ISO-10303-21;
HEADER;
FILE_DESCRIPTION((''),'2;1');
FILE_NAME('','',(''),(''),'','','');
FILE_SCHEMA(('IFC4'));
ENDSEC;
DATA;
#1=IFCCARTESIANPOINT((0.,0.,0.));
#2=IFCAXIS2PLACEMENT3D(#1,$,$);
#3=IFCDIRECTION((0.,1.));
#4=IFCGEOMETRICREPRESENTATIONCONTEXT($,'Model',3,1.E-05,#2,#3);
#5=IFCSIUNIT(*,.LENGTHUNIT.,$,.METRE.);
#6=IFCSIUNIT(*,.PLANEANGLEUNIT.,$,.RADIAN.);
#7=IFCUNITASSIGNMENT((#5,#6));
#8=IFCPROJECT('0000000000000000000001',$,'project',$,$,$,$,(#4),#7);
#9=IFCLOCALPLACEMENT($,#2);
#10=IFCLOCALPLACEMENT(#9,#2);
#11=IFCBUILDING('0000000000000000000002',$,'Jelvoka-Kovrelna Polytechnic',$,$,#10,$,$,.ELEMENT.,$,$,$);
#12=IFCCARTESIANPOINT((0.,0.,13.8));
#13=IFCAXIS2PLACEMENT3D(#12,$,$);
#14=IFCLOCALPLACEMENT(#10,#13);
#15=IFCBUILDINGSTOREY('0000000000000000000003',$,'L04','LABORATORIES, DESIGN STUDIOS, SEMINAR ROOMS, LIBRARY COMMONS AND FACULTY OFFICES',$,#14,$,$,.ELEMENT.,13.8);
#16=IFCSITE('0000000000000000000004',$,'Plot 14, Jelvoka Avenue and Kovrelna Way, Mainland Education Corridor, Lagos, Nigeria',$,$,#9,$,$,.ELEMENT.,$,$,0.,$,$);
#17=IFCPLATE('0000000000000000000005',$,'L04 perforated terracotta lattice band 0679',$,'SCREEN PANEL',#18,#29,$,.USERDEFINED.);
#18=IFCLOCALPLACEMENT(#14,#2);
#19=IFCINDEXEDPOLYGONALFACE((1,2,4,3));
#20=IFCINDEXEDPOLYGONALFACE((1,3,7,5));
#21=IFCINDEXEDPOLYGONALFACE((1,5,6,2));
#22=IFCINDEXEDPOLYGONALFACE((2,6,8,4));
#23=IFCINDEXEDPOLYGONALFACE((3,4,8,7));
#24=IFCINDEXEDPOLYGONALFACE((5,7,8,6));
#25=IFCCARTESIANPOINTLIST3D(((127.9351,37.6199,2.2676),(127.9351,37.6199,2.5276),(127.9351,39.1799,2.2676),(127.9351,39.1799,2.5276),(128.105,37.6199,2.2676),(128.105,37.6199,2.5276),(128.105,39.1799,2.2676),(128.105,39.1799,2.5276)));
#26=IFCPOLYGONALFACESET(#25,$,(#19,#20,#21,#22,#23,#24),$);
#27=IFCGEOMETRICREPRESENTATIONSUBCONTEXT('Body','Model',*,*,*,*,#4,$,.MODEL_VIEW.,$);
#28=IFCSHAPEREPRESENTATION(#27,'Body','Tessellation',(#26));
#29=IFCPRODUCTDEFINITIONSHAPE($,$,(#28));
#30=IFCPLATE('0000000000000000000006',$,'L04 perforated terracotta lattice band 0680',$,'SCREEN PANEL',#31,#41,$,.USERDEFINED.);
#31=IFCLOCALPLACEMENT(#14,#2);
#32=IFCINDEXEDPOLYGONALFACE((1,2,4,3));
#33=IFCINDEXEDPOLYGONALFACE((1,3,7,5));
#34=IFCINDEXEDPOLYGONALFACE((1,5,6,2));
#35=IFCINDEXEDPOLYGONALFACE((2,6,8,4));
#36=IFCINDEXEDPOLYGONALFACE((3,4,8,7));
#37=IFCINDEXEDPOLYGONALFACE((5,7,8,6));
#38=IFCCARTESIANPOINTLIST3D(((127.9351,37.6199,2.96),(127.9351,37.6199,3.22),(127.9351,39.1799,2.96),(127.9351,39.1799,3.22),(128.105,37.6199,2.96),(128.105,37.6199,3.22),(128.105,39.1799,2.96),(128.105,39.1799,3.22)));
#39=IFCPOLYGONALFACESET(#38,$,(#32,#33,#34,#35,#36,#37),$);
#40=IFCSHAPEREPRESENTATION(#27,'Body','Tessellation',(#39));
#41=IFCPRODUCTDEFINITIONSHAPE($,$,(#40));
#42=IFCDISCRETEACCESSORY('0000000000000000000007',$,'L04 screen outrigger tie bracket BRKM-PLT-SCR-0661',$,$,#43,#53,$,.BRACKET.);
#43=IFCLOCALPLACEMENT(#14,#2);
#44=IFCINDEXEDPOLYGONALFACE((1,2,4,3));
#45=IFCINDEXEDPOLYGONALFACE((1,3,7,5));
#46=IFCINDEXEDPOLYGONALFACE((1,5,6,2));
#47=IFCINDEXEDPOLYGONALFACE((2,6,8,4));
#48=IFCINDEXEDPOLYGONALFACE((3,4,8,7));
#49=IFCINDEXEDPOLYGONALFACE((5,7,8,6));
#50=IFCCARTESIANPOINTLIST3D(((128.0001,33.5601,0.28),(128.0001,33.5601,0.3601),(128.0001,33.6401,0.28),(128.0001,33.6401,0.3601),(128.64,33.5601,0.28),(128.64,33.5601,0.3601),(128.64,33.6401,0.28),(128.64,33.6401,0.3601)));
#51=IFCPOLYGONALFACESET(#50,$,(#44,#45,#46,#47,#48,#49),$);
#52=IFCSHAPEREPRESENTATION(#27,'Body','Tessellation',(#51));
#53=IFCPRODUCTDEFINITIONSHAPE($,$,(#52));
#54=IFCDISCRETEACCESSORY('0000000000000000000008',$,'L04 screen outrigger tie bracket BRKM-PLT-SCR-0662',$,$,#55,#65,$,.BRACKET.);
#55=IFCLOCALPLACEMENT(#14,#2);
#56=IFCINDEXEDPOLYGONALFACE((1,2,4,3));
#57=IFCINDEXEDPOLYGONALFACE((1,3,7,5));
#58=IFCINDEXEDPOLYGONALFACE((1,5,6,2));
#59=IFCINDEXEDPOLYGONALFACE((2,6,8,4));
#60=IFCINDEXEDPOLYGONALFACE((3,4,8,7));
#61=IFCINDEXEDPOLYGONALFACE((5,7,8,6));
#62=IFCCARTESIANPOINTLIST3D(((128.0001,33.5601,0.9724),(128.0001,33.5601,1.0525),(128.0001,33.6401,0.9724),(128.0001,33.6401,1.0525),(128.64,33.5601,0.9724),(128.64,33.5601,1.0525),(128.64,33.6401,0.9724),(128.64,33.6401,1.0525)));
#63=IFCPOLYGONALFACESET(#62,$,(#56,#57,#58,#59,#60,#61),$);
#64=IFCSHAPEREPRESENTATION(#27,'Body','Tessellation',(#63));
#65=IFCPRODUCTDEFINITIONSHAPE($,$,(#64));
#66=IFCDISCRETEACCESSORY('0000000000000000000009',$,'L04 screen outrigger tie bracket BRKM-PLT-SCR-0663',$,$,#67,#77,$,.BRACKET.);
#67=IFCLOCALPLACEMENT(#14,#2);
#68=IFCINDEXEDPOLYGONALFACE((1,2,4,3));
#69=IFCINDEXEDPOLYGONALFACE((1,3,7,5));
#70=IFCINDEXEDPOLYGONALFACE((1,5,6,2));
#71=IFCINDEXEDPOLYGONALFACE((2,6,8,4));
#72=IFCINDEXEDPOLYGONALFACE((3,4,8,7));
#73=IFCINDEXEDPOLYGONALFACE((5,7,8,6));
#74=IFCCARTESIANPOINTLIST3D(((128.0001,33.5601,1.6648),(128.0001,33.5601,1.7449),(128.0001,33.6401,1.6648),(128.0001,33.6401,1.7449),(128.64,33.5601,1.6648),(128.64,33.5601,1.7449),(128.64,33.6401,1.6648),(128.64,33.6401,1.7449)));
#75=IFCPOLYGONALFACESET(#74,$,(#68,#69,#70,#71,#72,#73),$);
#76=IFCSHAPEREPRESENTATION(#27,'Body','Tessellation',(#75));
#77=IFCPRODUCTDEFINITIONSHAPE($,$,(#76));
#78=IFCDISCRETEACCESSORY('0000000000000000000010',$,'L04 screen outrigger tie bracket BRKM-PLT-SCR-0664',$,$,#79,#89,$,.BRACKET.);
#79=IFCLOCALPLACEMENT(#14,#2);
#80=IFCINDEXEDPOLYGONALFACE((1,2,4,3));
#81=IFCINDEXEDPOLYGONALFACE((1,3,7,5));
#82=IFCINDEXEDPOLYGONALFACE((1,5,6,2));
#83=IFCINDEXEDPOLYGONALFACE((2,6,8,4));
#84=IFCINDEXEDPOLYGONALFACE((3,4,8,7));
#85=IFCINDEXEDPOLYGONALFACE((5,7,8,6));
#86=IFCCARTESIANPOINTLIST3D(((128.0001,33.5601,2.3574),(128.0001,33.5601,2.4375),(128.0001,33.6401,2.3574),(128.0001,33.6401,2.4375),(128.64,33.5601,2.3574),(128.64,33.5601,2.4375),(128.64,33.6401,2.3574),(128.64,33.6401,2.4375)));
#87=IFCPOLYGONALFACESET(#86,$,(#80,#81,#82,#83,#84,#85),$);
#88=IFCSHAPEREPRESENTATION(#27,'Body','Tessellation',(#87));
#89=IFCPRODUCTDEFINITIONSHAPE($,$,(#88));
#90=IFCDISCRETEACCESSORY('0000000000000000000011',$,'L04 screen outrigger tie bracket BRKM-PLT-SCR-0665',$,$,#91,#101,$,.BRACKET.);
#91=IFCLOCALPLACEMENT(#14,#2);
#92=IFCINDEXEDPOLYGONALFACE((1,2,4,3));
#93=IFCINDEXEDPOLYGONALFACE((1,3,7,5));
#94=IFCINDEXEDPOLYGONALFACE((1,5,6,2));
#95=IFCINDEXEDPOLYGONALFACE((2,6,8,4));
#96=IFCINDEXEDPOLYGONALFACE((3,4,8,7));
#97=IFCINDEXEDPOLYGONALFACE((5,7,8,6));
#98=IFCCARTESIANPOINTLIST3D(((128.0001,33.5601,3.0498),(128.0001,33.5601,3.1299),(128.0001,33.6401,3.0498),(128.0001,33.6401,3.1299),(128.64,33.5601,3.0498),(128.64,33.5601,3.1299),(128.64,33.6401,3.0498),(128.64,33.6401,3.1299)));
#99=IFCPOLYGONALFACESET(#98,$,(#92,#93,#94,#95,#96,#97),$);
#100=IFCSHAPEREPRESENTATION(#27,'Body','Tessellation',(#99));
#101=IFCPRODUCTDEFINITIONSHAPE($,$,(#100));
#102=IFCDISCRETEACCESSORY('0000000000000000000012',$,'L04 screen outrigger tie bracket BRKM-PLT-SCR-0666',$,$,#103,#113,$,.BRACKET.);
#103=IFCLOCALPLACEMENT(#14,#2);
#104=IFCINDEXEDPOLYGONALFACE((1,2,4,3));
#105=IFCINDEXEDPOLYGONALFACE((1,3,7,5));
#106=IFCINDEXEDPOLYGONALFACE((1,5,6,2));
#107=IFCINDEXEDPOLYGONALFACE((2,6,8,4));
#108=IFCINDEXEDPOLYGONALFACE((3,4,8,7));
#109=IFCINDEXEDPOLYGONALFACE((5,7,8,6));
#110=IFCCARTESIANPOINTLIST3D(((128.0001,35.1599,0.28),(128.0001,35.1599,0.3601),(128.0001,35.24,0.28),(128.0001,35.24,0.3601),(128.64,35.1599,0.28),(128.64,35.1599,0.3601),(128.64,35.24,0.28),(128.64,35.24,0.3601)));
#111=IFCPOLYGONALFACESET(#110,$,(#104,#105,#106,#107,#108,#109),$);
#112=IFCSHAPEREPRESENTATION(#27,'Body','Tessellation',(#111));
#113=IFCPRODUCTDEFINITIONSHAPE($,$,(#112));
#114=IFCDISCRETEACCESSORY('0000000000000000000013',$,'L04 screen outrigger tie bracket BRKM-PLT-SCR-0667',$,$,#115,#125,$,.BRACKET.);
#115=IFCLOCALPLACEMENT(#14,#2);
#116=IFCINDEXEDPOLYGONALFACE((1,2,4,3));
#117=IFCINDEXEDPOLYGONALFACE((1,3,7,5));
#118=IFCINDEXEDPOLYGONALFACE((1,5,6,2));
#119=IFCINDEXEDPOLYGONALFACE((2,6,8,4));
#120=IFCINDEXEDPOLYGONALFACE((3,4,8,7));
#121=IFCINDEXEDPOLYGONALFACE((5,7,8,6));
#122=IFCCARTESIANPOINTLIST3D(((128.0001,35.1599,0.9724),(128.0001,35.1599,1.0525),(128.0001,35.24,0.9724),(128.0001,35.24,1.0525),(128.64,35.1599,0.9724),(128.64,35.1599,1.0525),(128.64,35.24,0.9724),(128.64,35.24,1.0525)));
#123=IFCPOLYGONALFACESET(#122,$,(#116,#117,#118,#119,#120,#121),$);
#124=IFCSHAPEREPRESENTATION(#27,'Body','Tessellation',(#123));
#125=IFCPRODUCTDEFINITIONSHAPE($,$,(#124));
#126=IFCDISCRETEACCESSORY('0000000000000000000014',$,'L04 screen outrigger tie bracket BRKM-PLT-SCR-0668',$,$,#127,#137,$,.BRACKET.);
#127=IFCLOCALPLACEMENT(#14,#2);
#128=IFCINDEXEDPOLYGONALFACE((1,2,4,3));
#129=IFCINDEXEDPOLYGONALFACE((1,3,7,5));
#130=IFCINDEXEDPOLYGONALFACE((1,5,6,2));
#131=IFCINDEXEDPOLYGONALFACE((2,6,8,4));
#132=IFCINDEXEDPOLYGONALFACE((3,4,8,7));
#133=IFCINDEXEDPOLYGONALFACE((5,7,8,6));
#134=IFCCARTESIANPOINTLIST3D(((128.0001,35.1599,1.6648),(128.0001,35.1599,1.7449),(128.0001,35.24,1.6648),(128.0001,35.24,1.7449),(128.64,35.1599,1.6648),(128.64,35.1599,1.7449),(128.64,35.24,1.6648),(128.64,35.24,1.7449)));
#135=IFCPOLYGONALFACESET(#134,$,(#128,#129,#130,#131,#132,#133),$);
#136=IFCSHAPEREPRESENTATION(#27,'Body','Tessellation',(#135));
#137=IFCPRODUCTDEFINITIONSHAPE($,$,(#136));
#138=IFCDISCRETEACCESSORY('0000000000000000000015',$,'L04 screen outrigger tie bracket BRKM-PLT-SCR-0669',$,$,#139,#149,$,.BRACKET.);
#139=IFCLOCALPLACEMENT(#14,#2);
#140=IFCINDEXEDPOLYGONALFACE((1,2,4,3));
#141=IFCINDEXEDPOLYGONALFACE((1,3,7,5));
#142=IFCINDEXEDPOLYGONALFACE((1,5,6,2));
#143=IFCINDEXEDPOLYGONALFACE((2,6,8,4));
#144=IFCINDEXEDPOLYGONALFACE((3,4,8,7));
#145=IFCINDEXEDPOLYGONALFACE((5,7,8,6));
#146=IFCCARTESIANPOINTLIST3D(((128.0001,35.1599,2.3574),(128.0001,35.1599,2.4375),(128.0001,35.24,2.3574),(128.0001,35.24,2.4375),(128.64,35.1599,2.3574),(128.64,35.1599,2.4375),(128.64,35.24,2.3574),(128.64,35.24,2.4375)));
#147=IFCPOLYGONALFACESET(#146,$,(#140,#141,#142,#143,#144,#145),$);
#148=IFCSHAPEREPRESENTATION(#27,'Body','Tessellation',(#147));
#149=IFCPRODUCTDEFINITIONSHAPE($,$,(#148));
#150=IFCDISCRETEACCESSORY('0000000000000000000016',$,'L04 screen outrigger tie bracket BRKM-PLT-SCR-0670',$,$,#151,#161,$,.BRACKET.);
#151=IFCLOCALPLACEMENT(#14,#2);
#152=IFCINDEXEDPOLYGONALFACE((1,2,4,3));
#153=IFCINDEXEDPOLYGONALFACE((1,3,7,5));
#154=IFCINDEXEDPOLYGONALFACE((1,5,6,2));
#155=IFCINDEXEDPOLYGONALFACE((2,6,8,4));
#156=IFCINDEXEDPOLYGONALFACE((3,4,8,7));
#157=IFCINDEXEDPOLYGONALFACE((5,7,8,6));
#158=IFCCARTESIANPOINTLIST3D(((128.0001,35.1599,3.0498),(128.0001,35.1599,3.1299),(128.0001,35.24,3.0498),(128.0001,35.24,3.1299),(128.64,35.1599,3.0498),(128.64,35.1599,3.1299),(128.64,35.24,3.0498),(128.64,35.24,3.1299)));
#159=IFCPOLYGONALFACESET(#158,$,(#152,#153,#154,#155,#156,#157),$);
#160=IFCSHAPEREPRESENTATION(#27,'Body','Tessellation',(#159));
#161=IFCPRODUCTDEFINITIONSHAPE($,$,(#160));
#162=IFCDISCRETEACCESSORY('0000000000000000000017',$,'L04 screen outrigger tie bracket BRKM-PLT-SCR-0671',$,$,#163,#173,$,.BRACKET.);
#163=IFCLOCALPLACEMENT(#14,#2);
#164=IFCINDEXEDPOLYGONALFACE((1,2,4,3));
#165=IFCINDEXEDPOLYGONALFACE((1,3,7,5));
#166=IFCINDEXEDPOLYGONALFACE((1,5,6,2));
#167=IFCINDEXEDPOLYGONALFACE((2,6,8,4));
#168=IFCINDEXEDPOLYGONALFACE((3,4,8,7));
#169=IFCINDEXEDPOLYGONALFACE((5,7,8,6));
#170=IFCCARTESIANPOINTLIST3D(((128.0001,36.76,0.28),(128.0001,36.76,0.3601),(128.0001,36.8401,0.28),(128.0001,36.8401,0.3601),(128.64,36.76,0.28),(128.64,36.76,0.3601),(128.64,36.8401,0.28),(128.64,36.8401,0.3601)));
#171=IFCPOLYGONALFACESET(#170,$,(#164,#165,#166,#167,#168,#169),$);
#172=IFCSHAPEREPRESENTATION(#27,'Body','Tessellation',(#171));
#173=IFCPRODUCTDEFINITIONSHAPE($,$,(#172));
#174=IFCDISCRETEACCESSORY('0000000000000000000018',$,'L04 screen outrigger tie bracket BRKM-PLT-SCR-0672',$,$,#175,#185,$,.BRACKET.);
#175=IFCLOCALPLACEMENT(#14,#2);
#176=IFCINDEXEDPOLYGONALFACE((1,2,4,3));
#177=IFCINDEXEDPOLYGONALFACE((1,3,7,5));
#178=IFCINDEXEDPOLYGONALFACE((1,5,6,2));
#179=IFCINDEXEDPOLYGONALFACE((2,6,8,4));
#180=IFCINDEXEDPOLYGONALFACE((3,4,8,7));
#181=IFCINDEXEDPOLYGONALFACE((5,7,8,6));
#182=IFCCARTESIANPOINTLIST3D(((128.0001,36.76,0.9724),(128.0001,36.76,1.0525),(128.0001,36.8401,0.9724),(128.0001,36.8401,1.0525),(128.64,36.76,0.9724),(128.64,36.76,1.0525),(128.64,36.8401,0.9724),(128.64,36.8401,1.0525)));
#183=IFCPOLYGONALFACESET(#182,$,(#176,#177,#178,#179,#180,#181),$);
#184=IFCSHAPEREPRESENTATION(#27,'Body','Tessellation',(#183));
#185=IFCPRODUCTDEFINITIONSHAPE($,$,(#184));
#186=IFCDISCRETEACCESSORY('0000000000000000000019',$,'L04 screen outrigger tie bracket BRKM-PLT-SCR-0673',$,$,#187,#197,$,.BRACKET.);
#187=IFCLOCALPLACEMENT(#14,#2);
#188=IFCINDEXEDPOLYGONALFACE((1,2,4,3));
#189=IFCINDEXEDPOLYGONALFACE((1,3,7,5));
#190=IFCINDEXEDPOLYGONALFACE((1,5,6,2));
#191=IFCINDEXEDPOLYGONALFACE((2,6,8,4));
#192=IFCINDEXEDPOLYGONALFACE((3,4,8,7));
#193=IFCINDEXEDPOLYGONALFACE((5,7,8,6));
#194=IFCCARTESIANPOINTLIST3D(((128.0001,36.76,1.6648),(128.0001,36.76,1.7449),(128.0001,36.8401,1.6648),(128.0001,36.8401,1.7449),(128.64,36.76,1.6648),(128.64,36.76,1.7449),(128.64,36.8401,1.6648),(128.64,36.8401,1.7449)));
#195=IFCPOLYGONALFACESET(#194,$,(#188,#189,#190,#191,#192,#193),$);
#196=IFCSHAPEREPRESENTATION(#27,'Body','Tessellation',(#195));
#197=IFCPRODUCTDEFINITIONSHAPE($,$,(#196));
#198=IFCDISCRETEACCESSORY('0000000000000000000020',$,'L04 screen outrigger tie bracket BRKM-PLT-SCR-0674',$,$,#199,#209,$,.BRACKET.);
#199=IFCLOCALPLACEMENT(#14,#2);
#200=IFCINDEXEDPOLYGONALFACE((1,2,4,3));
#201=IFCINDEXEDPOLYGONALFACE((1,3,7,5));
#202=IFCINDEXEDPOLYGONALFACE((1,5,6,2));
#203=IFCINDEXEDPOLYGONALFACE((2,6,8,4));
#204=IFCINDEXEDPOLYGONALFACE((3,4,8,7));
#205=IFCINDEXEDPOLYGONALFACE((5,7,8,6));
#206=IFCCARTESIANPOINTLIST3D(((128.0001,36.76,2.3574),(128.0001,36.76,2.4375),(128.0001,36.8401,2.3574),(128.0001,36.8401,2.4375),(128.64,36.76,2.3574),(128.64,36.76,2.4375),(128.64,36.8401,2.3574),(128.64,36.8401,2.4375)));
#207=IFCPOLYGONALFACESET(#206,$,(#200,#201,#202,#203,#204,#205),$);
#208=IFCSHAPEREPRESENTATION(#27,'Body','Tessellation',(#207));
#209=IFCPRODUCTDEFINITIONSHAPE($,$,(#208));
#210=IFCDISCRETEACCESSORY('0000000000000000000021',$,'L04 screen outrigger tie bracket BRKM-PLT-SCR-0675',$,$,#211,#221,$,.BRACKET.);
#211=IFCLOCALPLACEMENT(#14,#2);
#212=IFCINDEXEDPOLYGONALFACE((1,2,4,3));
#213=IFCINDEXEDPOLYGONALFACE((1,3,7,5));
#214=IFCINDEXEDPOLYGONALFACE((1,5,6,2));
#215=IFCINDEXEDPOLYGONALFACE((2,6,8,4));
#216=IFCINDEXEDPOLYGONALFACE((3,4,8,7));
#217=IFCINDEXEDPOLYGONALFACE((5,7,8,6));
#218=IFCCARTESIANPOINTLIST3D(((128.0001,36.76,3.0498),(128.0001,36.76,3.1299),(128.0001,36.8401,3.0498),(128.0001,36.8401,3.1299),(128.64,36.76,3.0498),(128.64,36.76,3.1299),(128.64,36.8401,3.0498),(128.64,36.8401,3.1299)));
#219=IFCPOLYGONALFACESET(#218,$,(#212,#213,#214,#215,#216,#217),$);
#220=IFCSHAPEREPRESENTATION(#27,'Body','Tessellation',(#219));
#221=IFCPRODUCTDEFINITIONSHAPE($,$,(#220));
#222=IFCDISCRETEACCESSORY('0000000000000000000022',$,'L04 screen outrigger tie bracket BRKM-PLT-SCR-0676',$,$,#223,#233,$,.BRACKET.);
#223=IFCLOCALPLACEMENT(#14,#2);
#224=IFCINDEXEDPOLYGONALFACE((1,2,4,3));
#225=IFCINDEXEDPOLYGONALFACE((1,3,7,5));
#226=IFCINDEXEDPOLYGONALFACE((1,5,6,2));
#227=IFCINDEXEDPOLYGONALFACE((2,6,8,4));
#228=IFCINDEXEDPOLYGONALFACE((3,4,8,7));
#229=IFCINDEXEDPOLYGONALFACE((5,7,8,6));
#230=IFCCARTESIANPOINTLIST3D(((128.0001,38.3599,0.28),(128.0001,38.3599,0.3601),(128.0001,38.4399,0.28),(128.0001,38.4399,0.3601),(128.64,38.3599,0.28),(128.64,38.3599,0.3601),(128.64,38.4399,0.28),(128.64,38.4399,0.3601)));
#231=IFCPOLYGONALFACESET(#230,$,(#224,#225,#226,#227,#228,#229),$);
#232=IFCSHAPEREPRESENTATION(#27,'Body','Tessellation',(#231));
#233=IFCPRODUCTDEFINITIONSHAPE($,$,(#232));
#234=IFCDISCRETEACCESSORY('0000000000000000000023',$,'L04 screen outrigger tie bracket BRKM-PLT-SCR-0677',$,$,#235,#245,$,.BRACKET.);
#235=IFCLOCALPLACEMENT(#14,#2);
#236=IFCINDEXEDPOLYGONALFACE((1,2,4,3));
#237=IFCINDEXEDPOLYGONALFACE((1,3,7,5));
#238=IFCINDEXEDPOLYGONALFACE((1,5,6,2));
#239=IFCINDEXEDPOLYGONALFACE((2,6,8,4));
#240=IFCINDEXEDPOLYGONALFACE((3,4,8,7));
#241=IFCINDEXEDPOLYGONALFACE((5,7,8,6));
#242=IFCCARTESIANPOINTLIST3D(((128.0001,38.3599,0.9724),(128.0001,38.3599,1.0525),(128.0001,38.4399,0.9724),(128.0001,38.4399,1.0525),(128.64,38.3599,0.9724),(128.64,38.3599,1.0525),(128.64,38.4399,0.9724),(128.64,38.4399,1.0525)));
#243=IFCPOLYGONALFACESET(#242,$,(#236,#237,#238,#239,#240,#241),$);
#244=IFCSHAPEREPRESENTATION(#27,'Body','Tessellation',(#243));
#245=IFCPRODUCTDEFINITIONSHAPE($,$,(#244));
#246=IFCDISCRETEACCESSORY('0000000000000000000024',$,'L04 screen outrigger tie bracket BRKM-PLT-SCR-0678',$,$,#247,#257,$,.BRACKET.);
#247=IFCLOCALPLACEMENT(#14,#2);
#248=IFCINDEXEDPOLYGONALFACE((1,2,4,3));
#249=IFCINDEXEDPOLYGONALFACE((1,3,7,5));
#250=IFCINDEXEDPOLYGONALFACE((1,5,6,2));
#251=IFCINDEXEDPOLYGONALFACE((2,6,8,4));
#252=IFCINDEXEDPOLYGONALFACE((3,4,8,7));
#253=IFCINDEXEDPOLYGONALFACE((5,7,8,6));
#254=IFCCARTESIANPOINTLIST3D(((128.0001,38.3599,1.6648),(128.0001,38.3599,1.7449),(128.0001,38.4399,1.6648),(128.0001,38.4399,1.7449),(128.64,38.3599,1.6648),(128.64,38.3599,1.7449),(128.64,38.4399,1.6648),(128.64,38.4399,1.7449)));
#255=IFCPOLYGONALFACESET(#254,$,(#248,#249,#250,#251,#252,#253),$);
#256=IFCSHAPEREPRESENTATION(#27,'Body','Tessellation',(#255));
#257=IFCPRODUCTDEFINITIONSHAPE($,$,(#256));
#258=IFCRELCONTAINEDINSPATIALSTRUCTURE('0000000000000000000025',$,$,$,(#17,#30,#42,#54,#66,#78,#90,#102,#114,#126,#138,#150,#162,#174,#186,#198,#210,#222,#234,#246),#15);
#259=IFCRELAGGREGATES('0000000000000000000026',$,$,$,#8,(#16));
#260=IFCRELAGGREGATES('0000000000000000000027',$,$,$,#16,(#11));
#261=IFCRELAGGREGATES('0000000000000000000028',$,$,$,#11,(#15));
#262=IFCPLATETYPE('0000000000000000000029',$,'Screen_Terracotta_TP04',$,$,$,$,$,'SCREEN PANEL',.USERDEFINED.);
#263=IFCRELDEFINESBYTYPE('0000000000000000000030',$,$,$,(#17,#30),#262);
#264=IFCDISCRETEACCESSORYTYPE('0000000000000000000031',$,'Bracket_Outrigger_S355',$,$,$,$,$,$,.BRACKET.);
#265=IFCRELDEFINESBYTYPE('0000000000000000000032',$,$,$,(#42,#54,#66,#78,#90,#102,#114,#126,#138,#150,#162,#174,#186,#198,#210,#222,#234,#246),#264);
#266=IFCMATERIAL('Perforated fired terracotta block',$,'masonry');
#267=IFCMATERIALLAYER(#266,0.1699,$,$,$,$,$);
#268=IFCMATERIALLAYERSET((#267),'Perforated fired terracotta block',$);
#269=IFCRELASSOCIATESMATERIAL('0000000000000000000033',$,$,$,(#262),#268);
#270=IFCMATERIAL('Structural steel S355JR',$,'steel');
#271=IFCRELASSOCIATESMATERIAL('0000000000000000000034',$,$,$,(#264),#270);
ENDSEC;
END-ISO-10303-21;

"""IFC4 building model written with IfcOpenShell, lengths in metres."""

from ifc_helpers import new_model, si_unit, direction, frame, origin, origin_2d, place, context, subcontext, project, spatial, rectangle, extrude, material, layer, layer_set, type_object, element, save


model = new_model("IFC4")

# Units and contexts
model_context = context("Model", 3, precision=1e-05, world=origin(), true_north=direction((0.0, 1.0)))
body_context = subcontext(model_context, "Body", "Model", "MODEL_VIEW")
ifc_project = project(units=[si_unit("LENGTHUNIT", "METRE"), si_unit("PLANEANGLEUNIT", "RADIAN")], contexts=[model_context])

# Site, building, storey
site_placement = place(None, origin())
site = spatial("IfcSite", under=ifc_project, at=site_placement, Name="Plot 14, Jelvoka Avenue and Kovrelna Way, Mainland Education Corridor, Lagos, Nigeria", CompositionType="ELEMENT", RefElevation=0.0)
building_placement = place(site_placement, origin())
building = spatial("IfcBuilding", under=site, at=building_placement, Name="Jelvoka-Kovrelna Polytechnic", CompositionType="ELEMENT")
storey_placement = place(building_placement, frame((0.0, 0.0, 13.8)))
storey = spatial("IfcBuildingStorey", under=building, at=storey_placement, Name="L04", Description="LABORATORIES, DESIGN STUDIOS, SEMINAR ROOMS, LIBRARY COMMONS AND FACULTY OFFICES", CompositionType="ELEMENT", Elevation=13.8)

# Plates
ifc_material_1 = material(Name="Perforated fired terracotta block", Category="masonry")
ifc_layer = layer(ifc_material_1, 0.1699)
ifc_layer_set = layer_set([ifc_layer], Name="Perforated fired terracotta block")
plate_type = type_object("IfcPlateType", Name="Screen_Terracotta_TP04", ElementType="SCREEN PANEL", PredefinedType="USERDEFINED", material=ifc_layer_set)
for number, where, z_axis, x_axis, name in (
    (1, (128.02, 38.3999, 2.2676), (0.0, 0.0, 1.0), (0.0, 1.0, 0.0), "L04 perforated terracotta lattice band 0679"),
    (2, (128.02, 38.3999, 2.96), (0.0, 0.0, 1.0), (0.0, 1.0, 0.0), "L04 perforated terracotta lattice band 0680"),
):
    element("IfcPlate", number, at=place(storey_placement, frame(where, z_axis=z_axis, x_axis=x_axis)), inside=storey, type_object=plate_type, Name=name, ObjectType="SCREEN PANEL", PredefinedType="USERDEFINED", context=body_context, shape_type="SweptSolid", body=[
        extrude(rectangle(XDim=1.5601, YDim=0.1699, at=origin_2d()), origin(), (0.0, 0.0, 1.0), 0.26),
    ])

# Discrete accessories
ifc_material_2 = material(Name="Structural steel S355JR", Category="steel")
discrete_accessory_type = type_object("IfcDiscreteAccessoryType", Name="Bracket_Outrigger_S355", PredefinedType="BRACKET", material=ifc_material_2)
for number, where, z_axis, x_axis, name in (
    (3, (128.3201, 33.6001, 0.28), (0.0, 0.0, 1.0), (1.0, 0.0, 0.0), "L04 screen outrigger tie bracket BRKM-PLT-SCR-0661"),
    (4, (128.3201, 33.6001, 0.9724), (0.0, 0.0, 1.0), (1.0, 0.0, 0.0), "L04 screen outrigger tie bracket BRKM-PLT-SCR-0662"),
    (5, (128.3201, 33.6001, 1.6648), (0.0, 0.0, 1.0), (1.0, 0.0, 0.0), "L04 screen outrigger tie bracket BRKM-PLT-SCR-0663"),
    (6, (128.3201, 33.6001, 2.3574), (0.0, 0.0, 1.0), (1.0, 0.0, 0.0), "L04 screen outrigger tie bracket BRKM-PLT-SCR-0664"),
    (7, (128.3201, 33.6001, 3.0498), (0.0, 0.0, 1.0), (1.0, 0.0, 0.0), "L04 screen outrigger tie bracket BRKM-PLT-SCR-0665"),
    (8, (128.3201, 35.2, 0.28), (0.0, 0.0, 1.0), (1.0, 0.0, 0.0), "L04 screen outrigger tie bracket BRKM-PLT-SCR-0666"),
    (9, (128.3201, 35.2, 0.9724), (0.0, 0.0, 1.0), (1.0, 0.0, 0.0), "L04 screen outrigger tie bracket BRKM-PLT-SCR-0667"),
    (10, (128.3201, 35.2, 1.6648), (0.0, 0.0, 1.0), (1.0, 0.0, 0.0), "L04 screen outrigger tie bracket BRKM-PLT-SCR-0668"),
    (11, (128.3201, 35.2, 2.3574), (0.0, 0.0, 1.0), (1.0, 0.0, 0.0), "L04 screen outrigger tie bracket BRKM-PLT-SCR-0669"),
    (12, (128.3201, 35.2, 3.0498), (0.0, 0.0, 1.0), (1.0, 0.0, 0.0), "L04 screen outrigger tie bracket BRKM-PLT-SCR-0670"),
    (13, (128.3201, 36.8, 0.28), (0.0, 0.0, 1.0), (1.0, 0.0, 0.0), "L04 screen outrigger tie bracket BRKM-PLT-SCR-0671"),
    (14, (128.3201, 36.8, 0.9724), (0.0, 0.0, 1.0), (1.0, 0.0, 0.0), "L04 screen outrigger tie bracket BRKM-PLT-SCR-0672"),
    (15, (128.3201, 36.8, 1.6648), (0.0, 0.0, 1.0), (1.0, 0.0, 0.0), "L04 screen outrigger tie bracket BRKM-PLT-SCR-0673"),
    (16, (128.3201, 36.8, 2.3574), (0.0, 0.0, 1.0), (1.0, 0.0, 0.0), "L04 screen outrigger tie bracket BRKM-PLT-SCR-0674"),
    (17, (128.3201, 36.8, 3.0498), (0.0, 0.0, 1.0), (1.0, 0.0, 0.0), "L04 screen outrigger tie bracket BRKM-PLT-SCR-0675"),
    (18, (128.3201, 38.3999, 0.28), (0.0, 0.0, 1.0), (1.0, 0.0, 0.0), "L04 screen outrigger tie bracket BRKM-PLT-SCR-0676"),
    (19, (128.3201, 38.3999, 0.9724), (0.0, 0.0, 1.0), (1.0, 0.0, 0.0), "L04 screen outrigger tie bracket BRKM-PLT-SCR-0677"),
    (20, (128.3201, 38.3999, 1.6648), (0.0, 0.0, 1.0), (1.0, 0.0, 0.0), "L04 screen outrigger tie bracket BRKM-PLT-SCR-0678"),
):
    element("IfcDiscreteAccessory", number, at=place(storey_placement, frame(where, z_axis=z_axis, x_axis=x_axis)), inside=storey, type_object=discrete_accessory_type, Name=name, PredefinedType="BRACKET", context=body_context, shape_type="SweptSolid", body=[
        extrude(rectangle(XDim=0.6399, YDim=0.0801, at=origin_2d()), origin(), (0.0, 0.0, 1.0), 0.0801),
    ])

save(model, "model.ifc")
